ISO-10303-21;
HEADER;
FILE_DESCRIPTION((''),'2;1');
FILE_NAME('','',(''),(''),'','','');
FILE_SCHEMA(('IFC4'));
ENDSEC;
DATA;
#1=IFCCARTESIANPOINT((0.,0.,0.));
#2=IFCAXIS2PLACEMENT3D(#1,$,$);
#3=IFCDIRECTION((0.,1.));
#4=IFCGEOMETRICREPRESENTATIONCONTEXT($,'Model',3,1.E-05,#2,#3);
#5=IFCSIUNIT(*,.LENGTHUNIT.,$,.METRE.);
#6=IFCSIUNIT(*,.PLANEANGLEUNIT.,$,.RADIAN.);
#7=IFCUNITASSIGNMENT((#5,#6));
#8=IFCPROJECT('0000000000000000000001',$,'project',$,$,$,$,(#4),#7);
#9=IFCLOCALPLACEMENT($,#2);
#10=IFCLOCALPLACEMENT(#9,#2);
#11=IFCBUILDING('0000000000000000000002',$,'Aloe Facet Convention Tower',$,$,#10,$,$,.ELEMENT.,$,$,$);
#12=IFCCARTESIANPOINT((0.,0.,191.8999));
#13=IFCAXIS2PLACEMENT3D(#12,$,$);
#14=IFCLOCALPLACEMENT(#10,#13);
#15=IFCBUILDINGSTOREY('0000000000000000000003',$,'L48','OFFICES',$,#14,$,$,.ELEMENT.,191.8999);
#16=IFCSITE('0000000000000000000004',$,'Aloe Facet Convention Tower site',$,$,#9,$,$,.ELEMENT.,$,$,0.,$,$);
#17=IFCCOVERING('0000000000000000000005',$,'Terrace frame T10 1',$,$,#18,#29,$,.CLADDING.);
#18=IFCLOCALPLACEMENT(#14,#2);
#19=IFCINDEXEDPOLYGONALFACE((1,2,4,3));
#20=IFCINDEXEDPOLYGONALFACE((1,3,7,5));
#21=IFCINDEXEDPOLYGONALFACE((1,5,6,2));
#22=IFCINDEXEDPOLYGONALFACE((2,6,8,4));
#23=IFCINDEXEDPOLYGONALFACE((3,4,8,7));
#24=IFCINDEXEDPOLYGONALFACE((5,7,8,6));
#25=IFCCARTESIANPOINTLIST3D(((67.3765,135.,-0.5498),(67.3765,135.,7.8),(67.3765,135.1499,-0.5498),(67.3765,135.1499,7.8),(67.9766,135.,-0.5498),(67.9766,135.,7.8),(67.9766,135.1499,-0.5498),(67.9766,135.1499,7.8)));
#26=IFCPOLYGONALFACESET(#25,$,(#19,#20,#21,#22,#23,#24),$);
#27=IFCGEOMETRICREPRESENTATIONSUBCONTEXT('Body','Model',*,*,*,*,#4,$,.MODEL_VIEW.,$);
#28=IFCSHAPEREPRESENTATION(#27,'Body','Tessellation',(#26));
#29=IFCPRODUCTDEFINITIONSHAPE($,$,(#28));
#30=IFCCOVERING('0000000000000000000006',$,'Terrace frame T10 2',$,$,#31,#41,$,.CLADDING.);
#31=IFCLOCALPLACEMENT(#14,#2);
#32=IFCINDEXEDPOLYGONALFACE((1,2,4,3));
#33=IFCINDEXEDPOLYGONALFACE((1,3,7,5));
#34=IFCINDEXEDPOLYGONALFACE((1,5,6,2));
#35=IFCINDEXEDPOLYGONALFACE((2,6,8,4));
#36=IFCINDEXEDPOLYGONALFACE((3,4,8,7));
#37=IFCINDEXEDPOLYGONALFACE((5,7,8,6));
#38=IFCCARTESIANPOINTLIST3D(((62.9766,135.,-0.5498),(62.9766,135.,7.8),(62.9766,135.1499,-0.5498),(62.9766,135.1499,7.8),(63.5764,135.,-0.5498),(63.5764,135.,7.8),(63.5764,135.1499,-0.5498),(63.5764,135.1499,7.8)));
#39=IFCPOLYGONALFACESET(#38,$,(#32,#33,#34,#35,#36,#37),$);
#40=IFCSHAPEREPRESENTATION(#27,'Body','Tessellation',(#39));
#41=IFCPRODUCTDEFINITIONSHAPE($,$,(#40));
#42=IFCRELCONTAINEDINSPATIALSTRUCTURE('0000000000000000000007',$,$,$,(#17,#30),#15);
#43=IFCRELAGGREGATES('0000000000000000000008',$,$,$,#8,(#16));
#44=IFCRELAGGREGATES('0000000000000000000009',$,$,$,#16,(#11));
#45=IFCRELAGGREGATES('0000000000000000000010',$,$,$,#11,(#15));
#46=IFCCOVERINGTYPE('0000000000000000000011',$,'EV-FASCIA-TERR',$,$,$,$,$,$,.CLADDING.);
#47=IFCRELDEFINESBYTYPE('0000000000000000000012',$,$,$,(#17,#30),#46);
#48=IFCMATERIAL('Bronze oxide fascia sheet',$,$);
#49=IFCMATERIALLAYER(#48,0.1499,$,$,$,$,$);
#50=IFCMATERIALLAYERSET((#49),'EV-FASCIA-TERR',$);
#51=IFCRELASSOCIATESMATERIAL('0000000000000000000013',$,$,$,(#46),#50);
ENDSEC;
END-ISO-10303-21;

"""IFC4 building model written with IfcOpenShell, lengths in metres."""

from ifc_helpers import new_model, si_unit, direction, frame, origin, place, context, subcontext, project, spatial, polyline, outline, extrude, material, layer, layer_set, type_object, element, save


model = new_model("IFC4")

# Units and contexts
model_context = context("Model", 3, precision=1e-05, world=origin(), true_north=direction((0.0, 1.0)))
body_context = subcontext(model_context, "Body", "Model", "MODEL_VIEW")
ifc_project = project(units=[si_unit("LENGTHUNIT", "METRE"), si_unit("PLANEANGLEUNIT", "RADIAN")], contexts=[model_context])

# Site, building, storey
site_placement = place(None, origin())
site = spatial("IfcSite", under=ifc_project, at=site_placement, Name="Aloe Facet Convention Tower site", CompositionType="ELEMENT", RefElevation=0.0)
building_placement = place(site_placement, origin())
building = spatial("IfcBuilding", under=site, at=building_placement, Name="Aloe Facet Convention Tower", CompositionType="ELEMENT")
storey_placement = place(building_placement, frame((0.0, 0.0, 191.8999)))
storey = spatial("IfcBuildingStorey", under=building, at=storey_placement, Name="L48", Description="OFFICES", CompositionType="ELEMENT", Elevation=191.8999)

# Coverings
ifc_material_1 = material(Name="Bronze oxide fascia sheet")
ifc_layer_1 = layer(ifc_material_1, 0.1499)
ifc_layer_set_1 = layer_set([ifc_layer_1], Name="EV-FASCIA-TERR")
covering_type = type_object("IfcCoveringType", Name="EV-FASCIA-TERR", PredefinedType="CLADDING", material=ifc_layer_set_1)
covering_1_placement = place(storey_placement, frame((0.0, 0.0, -0.5498)))
element("IfcCovering", 1, at=covering_1_placement, inside=storey, type_object=covering_type, Name="Terrace frame T10 1", PredefinedType="CLADDING", context=body_context, shape_type="SweptSolid", body=[
    extrude(outline(polyline([(67.9766, 135.1499), (67.3765, 135.1499), (67.3765, 135.0), (67.9766, 135.0), (67.9766, 135.1499)])), origin(), (0.0, 0.0, 1.0), 8.3499),
])
covering_2_placement = place(storey_placement, frame((0.0, 0.0, -0.5498)))
element("IfcCovering", 2, at=covering_2_placement, inside=storey, type_object=covering_type, Name="Terrace frame T10 2", PredefinedType="CLADDING", context=body_context, shape_type="SweptSolid", body=[
    extrude(outline(polyline([(63.5764, 135.1499), (62.9766, 135.1499), (62.9766, 135.0), (63.5764, 135.0), (63.5764, 135.1499)])), origin(), (0.0, 0.0, 1.0), 8.3499),
])

save(model, "model.ifc")
